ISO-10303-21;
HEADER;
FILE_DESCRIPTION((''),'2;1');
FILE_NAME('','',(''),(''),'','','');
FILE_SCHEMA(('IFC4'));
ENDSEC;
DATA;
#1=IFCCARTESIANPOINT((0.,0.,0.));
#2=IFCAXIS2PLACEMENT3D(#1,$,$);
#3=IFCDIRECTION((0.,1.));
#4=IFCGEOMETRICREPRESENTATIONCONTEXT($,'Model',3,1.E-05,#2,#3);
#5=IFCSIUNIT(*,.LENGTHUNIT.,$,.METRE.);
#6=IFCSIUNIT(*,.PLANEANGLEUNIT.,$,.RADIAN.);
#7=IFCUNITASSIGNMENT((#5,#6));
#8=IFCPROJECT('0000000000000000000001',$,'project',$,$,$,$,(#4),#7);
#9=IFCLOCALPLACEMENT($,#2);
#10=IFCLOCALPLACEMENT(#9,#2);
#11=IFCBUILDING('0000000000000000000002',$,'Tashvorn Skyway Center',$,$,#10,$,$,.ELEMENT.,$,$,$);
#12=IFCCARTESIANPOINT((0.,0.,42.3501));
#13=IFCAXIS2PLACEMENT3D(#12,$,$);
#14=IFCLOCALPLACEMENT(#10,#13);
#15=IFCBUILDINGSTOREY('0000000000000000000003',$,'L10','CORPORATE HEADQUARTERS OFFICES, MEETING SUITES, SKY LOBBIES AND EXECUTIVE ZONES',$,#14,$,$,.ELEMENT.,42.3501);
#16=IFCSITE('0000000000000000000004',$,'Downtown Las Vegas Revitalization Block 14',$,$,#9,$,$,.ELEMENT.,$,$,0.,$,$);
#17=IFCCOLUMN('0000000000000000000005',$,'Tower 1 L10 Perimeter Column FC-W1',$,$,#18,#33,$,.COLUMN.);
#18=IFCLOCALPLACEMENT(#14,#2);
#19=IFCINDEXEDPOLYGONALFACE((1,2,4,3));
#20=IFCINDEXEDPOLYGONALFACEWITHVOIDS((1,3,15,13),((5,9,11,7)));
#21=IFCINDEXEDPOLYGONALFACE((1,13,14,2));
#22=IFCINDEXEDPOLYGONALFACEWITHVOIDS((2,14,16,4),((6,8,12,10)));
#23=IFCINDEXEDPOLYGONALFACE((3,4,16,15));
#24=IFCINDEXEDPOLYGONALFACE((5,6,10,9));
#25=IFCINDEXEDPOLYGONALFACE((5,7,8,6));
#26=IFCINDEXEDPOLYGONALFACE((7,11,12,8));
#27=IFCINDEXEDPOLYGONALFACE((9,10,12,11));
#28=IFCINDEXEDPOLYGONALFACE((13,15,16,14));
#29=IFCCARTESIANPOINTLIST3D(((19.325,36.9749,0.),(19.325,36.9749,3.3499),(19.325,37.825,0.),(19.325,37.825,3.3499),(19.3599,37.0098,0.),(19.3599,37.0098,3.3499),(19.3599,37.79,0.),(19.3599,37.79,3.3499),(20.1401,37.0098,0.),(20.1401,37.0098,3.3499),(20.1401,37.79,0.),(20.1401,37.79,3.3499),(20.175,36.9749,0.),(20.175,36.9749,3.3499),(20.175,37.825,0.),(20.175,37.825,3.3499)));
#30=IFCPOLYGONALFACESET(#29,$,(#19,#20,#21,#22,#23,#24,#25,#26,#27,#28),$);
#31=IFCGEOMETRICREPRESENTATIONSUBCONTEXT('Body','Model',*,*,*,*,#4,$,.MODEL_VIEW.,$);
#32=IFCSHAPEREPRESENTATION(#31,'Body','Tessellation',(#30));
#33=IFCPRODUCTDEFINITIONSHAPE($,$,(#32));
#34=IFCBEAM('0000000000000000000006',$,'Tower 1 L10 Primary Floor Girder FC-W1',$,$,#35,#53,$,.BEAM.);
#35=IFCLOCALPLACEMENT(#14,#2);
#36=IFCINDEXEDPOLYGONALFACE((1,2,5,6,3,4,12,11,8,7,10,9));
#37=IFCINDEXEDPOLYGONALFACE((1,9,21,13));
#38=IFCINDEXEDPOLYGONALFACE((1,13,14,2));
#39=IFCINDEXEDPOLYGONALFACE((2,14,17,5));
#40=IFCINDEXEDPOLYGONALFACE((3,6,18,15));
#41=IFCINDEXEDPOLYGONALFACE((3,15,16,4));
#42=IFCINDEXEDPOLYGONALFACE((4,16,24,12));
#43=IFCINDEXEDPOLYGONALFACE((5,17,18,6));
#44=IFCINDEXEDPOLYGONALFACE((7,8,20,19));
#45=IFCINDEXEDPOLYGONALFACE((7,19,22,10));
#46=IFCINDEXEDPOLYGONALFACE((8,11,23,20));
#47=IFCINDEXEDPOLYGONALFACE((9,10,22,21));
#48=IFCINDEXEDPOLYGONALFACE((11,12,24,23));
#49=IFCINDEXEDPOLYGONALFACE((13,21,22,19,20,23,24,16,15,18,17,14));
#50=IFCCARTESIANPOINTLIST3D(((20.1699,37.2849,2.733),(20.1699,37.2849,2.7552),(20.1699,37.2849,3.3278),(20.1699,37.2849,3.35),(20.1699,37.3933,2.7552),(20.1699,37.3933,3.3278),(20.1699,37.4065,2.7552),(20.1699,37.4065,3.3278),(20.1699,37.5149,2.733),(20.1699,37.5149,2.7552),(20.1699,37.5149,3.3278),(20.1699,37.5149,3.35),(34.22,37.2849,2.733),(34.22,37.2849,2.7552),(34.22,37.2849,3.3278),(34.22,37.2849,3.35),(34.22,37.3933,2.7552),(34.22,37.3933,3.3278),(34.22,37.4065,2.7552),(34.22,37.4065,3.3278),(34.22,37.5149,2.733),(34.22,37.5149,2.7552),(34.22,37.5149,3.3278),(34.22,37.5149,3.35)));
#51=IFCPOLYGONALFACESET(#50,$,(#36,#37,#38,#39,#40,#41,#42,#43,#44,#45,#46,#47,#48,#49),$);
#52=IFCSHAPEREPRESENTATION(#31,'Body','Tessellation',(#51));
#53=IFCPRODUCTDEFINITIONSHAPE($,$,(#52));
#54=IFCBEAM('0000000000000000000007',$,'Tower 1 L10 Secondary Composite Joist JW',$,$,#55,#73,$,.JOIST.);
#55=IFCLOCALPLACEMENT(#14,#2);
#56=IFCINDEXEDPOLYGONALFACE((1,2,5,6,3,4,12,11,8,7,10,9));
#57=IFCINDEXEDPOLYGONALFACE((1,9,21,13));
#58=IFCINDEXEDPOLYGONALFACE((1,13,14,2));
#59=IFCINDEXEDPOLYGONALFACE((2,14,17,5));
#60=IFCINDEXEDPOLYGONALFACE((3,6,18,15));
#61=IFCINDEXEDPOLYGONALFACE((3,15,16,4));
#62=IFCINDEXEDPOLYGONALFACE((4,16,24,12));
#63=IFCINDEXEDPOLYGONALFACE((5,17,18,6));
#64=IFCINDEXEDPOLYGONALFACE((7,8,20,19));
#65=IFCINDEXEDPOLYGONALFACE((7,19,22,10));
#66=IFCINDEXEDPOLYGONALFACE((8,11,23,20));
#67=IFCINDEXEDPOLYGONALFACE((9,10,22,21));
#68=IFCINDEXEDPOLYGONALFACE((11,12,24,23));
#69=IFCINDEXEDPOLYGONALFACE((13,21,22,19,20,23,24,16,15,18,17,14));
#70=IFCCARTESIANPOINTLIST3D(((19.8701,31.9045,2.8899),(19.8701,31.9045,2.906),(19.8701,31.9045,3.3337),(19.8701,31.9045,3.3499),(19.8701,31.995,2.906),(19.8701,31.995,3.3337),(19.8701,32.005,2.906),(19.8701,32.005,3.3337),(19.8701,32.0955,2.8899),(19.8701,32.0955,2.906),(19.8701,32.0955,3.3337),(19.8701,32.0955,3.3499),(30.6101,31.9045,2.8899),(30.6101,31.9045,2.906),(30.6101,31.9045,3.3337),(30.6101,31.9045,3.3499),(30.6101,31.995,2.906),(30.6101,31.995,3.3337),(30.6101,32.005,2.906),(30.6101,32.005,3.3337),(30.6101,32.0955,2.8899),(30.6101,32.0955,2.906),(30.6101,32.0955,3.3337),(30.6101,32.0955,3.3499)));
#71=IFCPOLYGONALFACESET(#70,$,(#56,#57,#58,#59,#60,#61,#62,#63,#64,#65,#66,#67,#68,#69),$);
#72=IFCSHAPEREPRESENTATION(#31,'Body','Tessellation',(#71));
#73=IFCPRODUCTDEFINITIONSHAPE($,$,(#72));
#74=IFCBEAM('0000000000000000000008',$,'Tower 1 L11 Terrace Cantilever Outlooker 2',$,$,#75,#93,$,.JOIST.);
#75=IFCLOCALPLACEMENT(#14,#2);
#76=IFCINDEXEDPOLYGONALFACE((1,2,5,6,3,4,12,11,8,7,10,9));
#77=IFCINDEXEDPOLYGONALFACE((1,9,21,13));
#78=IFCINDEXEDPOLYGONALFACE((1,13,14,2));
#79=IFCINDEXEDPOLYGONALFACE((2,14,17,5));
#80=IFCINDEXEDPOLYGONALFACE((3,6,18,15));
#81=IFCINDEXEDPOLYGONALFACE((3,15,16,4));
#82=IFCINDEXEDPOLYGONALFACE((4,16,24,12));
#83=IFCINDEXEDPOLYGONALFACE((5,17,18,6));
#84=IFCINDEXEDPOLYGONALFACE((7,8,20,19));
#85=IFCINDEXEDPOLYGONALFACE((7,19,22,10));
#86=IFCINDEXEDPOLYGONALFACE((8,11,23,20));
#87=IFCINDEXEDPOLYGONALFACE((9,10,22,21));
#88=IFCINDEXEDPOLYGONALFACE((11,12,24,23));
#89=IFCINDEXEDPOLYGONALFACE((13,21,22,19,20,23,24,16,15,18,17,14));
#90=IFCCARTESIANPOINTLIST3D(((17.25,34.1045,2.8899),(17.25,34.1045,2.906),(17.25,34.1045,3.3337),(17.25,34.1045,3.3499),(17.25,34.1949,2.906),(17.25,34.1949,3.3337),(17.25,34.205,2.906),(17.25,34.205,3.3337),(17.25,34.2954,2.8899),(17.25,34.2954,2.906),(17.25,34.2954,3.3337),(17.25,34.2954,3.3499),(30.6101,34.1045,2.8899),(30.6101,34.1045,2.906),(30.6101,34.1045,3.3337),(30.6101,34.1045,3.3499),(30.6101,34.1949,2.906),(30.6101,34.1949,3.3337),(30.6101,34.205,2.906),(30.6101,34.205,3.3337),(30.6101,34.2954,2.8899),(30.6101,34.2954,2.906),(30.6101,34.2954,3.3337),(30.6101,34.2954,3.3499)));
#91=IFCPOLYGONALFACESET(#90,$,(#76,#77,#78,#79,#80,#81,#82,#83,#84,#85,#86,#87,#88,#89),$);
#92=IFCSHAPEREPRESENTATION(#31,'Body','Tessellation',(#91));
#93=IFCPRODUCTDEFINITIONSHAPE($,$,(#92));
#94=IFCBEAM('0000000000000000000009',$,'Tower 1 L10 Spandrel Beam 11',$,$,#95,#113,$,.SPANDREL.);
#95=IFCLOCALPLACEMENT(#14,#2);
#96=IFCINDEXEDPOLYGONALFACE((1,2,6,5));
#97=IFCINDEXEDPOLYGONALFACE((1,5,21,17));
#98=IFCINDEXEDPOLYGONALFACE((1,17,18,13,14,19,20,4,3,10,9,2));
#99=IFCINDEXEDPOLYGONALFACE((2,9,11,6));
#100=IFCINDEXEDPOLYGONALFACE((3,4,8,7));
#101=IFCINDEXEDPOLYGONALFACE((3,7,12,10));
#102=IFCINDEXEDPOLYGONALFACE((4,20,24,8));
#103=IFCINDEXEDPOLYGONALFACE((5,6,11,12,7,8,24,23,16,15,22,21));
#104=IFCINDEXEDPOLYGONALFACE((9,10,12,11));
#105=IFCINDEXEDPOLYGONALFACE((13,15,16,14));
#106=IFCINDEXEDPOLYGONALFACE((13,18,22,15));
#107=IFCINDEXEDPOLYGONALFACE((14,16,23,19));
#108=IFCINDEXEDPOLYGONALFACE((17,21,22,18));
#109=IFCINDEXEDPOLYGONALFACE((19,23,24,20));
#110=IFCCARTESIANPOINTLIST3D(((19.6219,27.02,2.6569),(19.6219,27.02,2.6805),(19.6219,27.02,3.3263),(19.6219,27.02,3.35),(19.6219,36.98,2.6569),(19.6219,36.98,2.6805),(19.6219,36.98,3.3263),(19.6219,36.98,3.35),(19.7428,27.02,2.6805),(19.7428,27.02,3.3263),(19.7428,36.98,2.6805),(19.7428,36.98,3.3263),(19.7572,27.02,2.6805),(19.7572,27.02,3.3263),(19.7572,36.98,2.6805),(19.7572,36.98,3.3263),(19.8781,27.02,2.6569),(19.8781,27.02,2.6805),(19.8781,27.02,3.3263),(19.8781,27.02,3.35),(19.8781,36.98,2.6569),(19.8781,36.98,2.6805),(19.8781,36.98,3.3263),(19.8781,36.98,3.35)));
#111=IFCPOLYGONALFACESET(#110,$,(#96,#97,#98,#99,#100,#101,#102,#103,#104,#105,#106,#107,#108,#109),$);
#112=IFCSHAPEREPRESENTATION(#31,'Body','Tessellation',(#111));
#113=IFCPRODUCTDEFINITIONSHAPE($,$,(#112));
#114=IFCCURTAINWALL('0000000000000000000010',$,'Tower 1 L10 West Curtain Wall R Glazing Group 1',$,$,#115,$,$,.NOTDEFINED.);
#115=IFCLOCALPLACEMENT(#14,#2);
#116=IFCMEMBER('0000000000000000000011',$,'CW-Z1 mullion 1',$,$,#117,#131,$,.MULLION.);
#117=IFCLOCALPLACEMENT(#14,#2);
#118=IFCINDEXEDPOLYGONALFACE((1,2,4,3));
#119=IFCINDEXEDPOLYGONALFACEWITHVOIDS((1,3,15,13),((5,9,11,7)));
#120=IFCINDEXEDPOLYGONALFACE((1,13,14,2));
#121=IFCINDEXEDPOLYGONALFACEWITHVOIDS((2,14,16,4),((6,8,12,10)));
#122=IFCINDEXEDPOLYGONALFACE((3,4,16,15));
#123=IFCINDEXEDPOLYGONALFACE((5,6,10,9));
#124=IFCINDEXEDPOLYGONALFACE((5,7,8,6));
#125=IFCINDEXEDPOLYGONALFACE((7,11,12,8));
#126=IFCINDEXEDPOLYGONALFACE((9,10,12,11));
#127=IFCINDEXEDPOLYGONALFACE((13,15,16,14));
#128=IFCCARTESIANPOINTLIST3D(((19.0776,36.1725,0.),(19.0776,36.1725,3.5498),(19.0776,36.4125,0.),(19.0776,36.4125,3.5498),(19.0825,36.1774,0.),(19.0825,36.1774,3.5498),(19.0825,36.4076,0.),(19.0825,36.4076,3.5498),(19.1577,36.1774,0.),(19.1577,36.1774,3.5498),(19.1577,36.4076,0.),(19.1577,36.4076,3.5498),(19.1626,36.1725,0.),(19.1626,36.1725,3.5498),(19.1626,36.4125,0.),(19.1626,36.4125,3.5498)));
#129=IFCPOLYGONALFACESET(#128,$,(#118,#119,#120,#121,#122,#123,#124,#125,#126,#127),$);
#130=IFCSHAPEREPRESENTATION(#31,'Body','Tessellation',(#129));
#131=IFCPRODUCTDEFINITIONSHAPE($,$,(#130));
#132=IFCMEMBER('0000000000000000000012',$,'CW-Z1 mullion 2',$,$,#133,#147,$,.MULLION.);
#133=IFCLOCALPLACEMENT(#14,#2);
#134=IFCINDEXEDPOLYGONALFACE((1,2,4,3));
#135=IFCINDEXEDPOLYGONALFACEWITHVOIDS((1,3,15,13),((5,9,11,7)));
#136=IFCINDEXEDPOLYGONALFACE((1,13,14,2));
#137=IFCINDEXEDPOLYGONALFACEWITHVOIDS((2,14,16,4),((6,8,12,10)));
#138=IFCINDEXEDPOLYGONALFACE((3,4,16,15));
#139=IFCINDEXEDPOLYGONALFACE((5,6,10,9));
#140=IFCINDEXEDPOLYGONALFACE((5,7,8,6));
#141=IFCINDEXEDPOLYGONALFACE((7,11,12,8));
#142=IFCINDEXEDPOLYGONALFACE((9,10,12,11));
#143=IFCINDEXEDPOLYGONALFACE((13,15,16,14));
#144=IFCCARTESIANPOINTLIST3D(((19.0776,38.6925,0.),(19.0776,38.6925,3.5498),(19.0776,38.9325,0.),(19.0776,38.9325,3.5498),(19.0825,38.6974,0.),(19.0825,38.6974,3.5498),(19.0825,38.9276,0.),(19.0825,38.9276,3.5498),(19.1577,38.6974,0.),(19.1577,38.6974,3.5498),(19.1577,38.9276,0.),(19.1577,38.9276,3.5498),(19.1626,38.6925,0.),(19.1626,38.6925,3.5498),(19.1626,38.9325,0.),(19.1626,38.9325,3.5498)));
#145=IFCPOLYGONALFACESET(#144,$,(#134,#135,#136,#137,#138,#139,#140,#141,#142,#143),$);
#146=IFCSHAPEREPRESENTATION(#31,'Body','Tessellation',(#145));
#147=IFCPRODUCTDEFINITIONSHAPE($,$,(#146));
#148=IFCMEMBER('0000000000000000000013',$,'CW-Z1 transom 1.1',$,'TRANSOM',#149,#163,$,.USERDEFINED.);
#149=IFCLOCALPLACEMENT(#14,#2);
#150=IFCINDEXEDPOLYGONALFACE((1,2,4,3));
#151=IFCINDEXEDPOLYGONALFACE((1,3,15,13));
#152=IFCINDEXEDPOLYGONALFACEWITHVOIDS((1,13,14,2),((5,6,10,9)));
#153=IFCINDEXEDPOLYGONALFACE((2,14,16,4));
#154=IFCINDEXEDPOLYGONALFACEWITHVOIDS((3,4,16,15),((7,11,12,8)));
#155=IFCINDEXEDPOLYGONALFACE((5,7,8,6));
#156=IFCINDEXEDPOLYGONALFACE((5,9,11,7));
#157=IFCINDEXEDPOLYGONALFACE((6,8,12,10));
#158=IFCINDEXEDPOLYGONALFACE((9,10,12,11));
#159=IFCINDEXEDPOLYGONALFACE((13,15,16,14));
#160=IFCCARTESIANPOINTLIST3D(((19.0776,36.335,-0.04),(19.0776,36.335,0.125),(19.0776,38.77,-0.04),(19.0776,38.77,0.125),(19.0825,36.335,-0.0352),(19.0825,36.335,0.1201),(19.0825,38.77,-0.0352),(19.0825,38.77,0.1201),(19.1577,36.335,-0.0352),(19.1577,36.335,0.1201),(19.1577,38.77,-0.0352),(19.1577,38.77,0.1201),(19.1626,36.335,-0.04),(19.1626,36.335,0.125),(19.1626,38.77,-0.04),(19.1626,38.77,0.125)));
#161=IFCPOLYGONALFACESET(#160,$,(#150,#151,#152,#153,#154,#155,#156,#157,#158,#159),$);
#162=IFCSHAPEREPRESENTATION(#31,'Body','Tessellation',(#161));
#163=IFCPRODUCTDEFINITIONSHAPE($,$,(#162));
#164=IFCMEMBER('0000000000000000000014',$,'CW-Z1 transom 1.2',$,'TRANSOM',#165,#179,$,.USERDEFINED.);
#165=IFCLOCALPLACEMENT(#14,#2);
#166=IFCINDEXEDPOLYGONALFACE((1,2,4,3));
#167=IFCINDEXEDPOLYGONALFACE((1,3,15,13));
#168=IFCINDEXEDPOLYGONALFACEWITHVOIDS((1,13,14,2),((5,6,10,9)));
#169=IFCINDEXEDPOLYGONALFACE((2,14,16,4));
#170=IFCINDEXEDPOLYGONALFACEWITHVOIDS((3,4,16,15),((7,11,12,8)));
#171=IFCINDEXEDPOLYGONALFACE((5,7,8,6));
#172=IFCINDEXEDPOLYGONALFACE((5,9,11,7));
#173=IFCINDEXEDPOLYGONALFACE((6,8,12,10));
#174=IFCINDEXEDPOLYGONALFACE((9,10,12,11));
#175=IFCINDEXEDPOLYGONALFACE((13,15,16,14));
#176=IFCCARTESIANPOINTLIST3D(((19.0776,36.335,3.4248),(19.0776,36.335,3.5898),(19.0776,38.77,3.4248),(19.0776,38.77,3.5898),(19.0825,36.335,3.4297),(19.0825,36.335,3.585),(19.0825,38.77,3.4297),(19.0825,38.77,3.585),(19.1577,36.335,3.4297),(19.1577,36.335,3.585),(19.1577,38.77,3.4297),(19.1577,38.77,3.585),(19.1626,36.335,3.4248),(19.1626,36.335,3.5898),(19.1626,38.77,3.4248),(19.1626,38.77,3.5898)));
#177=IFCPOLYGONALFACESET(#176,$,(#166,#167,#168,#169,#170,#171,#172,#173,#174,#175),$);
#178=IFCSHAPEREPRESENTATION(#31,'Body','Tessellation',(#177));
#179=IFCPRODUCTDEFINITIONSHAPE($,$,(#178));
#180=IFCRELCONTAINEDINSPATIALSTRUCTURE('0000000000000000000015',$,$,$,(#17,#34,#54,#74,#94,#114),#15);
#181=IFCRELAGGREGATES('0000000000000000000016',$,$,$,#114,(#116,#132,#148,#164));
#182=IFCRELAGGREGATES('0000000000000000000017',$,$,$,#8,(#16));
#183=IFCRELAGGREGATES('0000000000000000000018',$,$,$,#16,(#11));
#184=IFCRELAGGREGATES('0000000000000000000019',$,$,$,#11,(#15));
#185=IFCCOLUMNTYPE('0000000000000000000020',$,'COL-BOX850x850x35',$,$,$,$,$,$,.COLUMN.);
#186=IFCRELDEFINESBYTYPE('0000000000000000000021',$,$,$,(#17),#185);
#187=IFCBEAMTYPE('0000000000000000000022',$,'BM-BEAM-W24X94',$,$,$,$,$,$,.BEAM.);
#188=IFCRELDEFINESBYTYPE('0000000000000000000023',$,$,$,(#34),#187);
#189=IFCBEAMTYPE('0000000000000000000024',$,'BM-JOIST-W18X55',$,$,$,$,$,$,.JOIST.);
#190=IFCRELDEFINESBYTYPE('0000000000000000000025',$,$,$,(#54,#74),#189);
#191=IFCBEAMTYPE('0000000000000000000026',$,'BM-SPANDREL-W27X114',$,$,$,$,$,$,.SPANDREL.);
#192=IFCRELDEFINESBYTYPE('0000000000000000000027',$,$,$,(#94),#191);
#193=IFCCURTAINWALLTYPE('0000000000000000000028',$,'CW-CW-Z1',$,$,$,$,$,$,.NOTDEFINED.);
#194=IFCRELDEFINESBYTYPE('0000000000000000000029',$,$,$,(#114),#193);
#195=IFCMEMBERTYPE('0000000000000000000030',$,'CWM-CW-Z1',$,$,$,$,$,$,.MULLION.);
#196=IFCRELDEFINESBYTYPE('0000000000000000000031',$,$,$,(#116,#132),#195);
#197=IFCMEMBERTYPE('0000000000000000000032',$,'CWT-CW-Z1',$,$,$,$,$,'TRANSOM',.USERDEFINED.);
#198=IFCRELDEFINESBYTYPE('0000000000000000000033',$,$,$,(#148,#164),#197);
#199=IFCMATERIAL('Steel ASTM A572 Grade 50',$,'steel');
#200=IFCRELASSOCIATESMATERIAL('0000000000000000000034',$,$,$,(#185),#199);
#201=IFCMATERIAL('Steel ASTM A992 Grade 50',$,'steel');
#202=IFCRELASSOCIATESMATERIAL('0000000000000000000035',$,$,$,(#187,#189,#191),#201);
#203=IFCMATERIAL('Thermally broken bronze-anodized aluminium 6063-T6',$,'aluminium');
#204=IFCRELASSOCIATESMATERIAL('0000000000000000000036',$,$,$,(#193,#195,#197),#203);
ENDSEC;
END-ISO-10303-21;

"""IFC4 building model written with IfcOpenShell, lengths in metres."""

from ifc_helpers import new_model, si_unit, direction, frame, origin, origin_2d, place, context, subcontext, project, spatial, hollow_rectangle, i_section, extrude, material, material_profile, profile_set, type_object, element, aggregate, save


model = new_model("IFC4")

# Units and contexts
model_context = context("Model", 3, precision=1e-05, world=origin(), true_north=direction((0.0, 1.0)))
body_context = subcontext(model_context, "Body", "Model", "MODEL_VIEW")
ifc_project = project(units=[si_unit("LENGTHUNIT", "METRE"), si_unit("PLANEANGLEUNIT", "RADIAN")], contexts=[model_context])

# Site, building, storey
site_placement = place(None, origin())
site = spatial("IfcSite", under=ifc_project, at=site_placement, Name="Downtown Las Vegas Revitalization Block 14", CompositionType="ELEMENT", RefElevation=0.0)
building_placement = place(site_placement, origin())
building = spatial("IfcBuilding", under=site, at=building_placement, Name="Tashvorn Skyway Center", CompositionType="ELEMENT")
storey_placement = place(building_placement, frame((0.0, 0.0, 42.3501)))
storey = spatial("IfcBuildingStorey", under=building, at=storey_placement, Name="L10", Description="CORPORATE HEADQUARTERS OFFICES, MEETING SUITES, SKY LOBBIES AND EXECUTIVE ZONES", CompositionType="ELEMENT", Elevation=42.3501)

# Column
ifc_material_1 = material(Name="Steel ASTM A572 Grade 50", Category="steel")
ifc_material_profile_1 = material_profile(ifc_material_1, hollow_rectangle(XDim=0.8501, YDim=0.8501, WallThickness=0.0349, at=origin_2d()), Name="BOX850x850x35")
ifc_profile_set_1 = profile_set([ifc_material_profile_1], Name="Steel ASTM A572 Grade 50")
column_type = type_object("IfcColumnType", Name="COL-BOX850x850x35", PredefinedType="COLUMN", material=ifc_profile_set_1)
column_placement = place(storey_placement, frame((19.75, 37.3999, 0.0), z_axis=(0.0, 0.0, 1.0), x_axis=(1.0, 0.0, 0.0)))
element("IfcColumn", 1, at=column_placement, inside=storey, type_object=column_type, Name="Tower 1 L10 Perimeter Column FC-W1", PredefinedType="COLUMN", context=body_context, shape_type="SweptSolid", body=[
    extrude(hollow_rectangle(XDim=0.8501, YDim=0.8501, WallThickness=0.0349, at=origin_2d()), origin(), (0.0, 0.0, 1.0), 3.3499),
])

# Beams
ifc_material_2 = material(Name="Steel ASTM A992 Grade 50", Category="steel")
ifc_material_profile_2 = material_profile(ifc_material_2, i_section(OverallWidth=0.23, OverallDepth=0.6169, WebThickness=0.0132, FlangeThickness=0.0222, at=origin_2d()), Name="W24X94")
ifc_profile_set_2 = profile_set([ifc_material_profile_2], Name="Steel ASTM A992 Grade 50")
beam_type_1 = type_object("IfcBeamType", Name="BM-BEAM-W24X94", PredefinedType="BEAM", material=ifc_profile_set_2)
beam_1_placement = place(storey_placement, frame((20.1699, 37.3999, 3.0415), z_axis=(1.0, 0.0, 0.0), x_axis=(0.0, 1.0, 0.0)))
element("IfcBeam", 2, at=beam_1_placement, inside=storey, type_object=beam_type_1, Name="Tower 1 L10 Primary Floor Girder FC-W1", PredefinedType="BEAM", context=body_context, shape_type="SweptSolid", body=[
    extrude(i_section(OverallWidth=0.23, OverallDepth=0.6169, WebThickness=0.0132, FlangeThickness=0.0222, at=origin_2d()), origin(), (0.0, 0.0, 1.0), 14.05),
])
ifc_material_profile_3 = material_profile(ifc_material_2, i_section(OverallWidth=0.1909, OverallDepth=0.46, WebThickness=0.01, FlangeThickness=0.0161, at=origin_2d()), Name="W18X55")
ifc_profile_set_3 = profile_set([ifc_material_profile_3], Name="Steel ASTM A992 Grade 50")
beam_type_2 = type_object("IfcBeamType", Name="BM-JOIST-W18X55", PredefinedType="JOIST", material=ifc_profile_set_3)
beam_2_placement = place(storey_placement, frame((30.6101, 32.0, 3.1199), z_axis=(-1.0, 0.0, 0.0), x_axis=(0.0, -1.0, 0.0)))
element("IfcBeam", 3, at=beam_2_placement, inside=storey, type_object=beam_type_2, Name="Tower 1 L10 Secondary Composite Joist JW", PredefinedType="JOIST", context=body_context, shape_type="SweptSolid", body=[
    extrude(i_section(OverallWidth=0.1909, OverallDepth=0.46, WebThickness=0.01, FlangeThickness=0.0161, at=origin_2d()), origin(), (0.0, 0.0, 1.0), 10.74),
])
beam_3_placement = place(storey_placement, frame((30.6101, 34.2, 3.1199), z_axis=(-1.0, 0.0, 0.0), x_axis=(0.0, -1.0, 0.0)))
element("IfcBeam", 4, at=beam_3_placement, inside=storey, type_object=beam_type_2, Name="Tower 1 L11 Terrace Cantilever Outlooker 2", PredefinedType="JOIST", context=body_context, shape_type="SweptSolid", body=[
    extrude(i_section(OverallWidth=0.1909, OverallDepth=0.46, WebThickness=0.01, FlangeThickness=0.0161, at=origin_2d()), origin(), (0.0, 0.0, 1.0), 13.3601),
])
ifc_material_profile_4 = material_profile(ifc_material_2, i_section(OverallWidth=0.2561, OverallDepth=0.6931, WebThickness=0.0144, FlangeThickness=0.0237, at=origin_2d()), Name="W27X114")
ifc_profile_set_4 = profile_set([ifc_material_profile_4], Name="Steel ASTM A992 Grade 50")
beam_type_3 = type_object("IfcBeamType", Name="BM-SPANDREL-W27X114", PredefinedType="SPANDREL", material=ifc_profile_set_4)
beam_4_placement = place(storey_placement, frame((19.75, 36.98, 3.0034), z_axis=(0.0, -1.0, 0.0), x_axis=(1.0, 0.0, 0.0)))
element("IfcBeam", 5, at=beam_4_placement, inside=storey, type_object=beam_type_3, Name="Tower 1 L10 Spandrel Beam 11", PredefinedType="SPANDREL", context=body_context, shape_type="SweptSolid", body=[
    extrude(i_section(OverallWidth=0.2561, OverallDepth=0.6931, WebThickness=0.0144, FlangeThickness=0.0237, at=origin_2d()), origin(), (0.0, 0.0, 1.0), 9.96),
])

# Curtain wall, members
ifc_material_3 = material(Name="Thermally broken bronze-anodized aluminium 6063-T6", Category="aluminium")
curtain_wall_type = type_object("IfcCurtainWallType", Name="CW-CW-Z1", PredefinedType="NOTDEFINED", material=ifc_material_3)
curtain_wall_placement = place(storey_placement, origin())
curtain_wall = element("IfcCurtainWall", 6, at=curtain_wall_placement, inside=storey, type_object=curtain_wall_type, Name="Tower 1 L10 West Curtain Wall R Glazing Group 1", PredefinedType="NOTDEFINED")
ifc_material_profile_5 = material_profile(ifc_material_3, hollow_rectangle(XDim=0.085, YDim=0.24, WallThickness=0.0049, at=origin_2d()), Name="ALU-MULL-85x240")
ifc_profile_set_5 = profile_set([ifc_material_profile_5], Name="Thermally broken bronze-anodized aluminium 6063-T6")
member_type_1 = type_object("IfcMemberType", Name="CWM-CW-Z1", PredefinedType="MULLION", material=ifc_profile_set_5)
member_1_placement = place(storey_placement, frame((19.1201, 36.2925, 0.0), z_axis=(0.0, 0.0, 1.0), x_axis=(-1.0, 0.0, 0.0)))
member_1 = element("IfcMember", 7, at=member_1_placement, type_object=member_type_1, Name="CW-Z1 mullion 1", PredefinedType="MULLION", context=body_context, shape_type="SweptSolid", body=[
    extrude(hollow_rectangle(XDim=0.085, YDim=0.24, WallThickness=0.0049, at=origin_2d()), origin(), (0.0, 0.0, 1.0), 3.5498),
])
member_2_placement = place(storey_placement, frame((19.1201, 38.8125, 0.0), z_axis=(0.0, 0.0, 1.0), x_axis=(-1.0, 0.0, 0.0)))
member_2 = element("IfcMember", 8, at=member_2_placement, type_object=member_type_1, Name="CW-Z1 mullion 2", PredefinedType="MULLION", context=body_context, shape_type="SweptSolid", body=[
    extrude(hollow_rectangle(XDim=0.085, YDim=0.24, WallThickness=0.0049, at=origin_2d()), origin(), (0.0, 0.0, 1.0), 3.5498),
])
ifc_material_profile_6 = material_profile(ifc_material_3, hollow_rectangle(XDim=0.085, YDim=0.165, WallThickness=0.0049, at=origin_2d()), Name="ALU-TRAN-85x165")
ifc_profile_set_6 = profile_set([ifc_material_profile_6], Name="Thermally broken bronze-anodized aluminium 6063-T6")
member_type_2 = type_object("IfcMemberType", Name="CWT-CW-Z1", ElementType="TRANSOM", PredefinedType="USERDEFINED", material=ifc_profile_set_6)
member_3_placement = place(storey_placement, frame((19.1201, 36.335, 0.0425), z_axis=(0.0, 1.0, 0.0), x_axis=(-1.0, 0.0, 0.0)))
member_3 = element("IfcMember", 9, at=member_3_placement, type_object=member_type_2, Name="CW-Z1 transom 1.1", ObjectType="TRANSOM", PredefinedType="USERDEFINED", context=body_context, shape_type="SweptSolid", body=[
    extrude(hollow_rectangle(XDim=0.085, YDim=0.165, WallThickness=0.0049, at=origin_2d()), origin(), (0.0, 0.0, 1.0), 2.4351),
])
member_4_placement = place(storey_placement, frame((19.1201, 36.335, 3.5073), z_axis=(0.0, 1.0, 0.0), x_axis=(-1.0, 0.0, 0.0)))
member_4 = element("IfcMember", 10, at=member_4_placement, type_object=member_type_2, Name="CW-Z1 transom 1.2", ObjectType="TRANSOM", PredefinedType="USERDEFINED", context=body_context, shape_type="SweptSolid", body=[
    extrude(hollow_rectangle(XDim=0.085, YDim=0.165, WallThickness=0.0049, at=origin_2d()), origin(), (0.0, 0.0, 1.0), 2.4351),
])
aggregate(curtain_wall, [member_1, member_2, member_3, member_4])

save(model, "model.ifc")
